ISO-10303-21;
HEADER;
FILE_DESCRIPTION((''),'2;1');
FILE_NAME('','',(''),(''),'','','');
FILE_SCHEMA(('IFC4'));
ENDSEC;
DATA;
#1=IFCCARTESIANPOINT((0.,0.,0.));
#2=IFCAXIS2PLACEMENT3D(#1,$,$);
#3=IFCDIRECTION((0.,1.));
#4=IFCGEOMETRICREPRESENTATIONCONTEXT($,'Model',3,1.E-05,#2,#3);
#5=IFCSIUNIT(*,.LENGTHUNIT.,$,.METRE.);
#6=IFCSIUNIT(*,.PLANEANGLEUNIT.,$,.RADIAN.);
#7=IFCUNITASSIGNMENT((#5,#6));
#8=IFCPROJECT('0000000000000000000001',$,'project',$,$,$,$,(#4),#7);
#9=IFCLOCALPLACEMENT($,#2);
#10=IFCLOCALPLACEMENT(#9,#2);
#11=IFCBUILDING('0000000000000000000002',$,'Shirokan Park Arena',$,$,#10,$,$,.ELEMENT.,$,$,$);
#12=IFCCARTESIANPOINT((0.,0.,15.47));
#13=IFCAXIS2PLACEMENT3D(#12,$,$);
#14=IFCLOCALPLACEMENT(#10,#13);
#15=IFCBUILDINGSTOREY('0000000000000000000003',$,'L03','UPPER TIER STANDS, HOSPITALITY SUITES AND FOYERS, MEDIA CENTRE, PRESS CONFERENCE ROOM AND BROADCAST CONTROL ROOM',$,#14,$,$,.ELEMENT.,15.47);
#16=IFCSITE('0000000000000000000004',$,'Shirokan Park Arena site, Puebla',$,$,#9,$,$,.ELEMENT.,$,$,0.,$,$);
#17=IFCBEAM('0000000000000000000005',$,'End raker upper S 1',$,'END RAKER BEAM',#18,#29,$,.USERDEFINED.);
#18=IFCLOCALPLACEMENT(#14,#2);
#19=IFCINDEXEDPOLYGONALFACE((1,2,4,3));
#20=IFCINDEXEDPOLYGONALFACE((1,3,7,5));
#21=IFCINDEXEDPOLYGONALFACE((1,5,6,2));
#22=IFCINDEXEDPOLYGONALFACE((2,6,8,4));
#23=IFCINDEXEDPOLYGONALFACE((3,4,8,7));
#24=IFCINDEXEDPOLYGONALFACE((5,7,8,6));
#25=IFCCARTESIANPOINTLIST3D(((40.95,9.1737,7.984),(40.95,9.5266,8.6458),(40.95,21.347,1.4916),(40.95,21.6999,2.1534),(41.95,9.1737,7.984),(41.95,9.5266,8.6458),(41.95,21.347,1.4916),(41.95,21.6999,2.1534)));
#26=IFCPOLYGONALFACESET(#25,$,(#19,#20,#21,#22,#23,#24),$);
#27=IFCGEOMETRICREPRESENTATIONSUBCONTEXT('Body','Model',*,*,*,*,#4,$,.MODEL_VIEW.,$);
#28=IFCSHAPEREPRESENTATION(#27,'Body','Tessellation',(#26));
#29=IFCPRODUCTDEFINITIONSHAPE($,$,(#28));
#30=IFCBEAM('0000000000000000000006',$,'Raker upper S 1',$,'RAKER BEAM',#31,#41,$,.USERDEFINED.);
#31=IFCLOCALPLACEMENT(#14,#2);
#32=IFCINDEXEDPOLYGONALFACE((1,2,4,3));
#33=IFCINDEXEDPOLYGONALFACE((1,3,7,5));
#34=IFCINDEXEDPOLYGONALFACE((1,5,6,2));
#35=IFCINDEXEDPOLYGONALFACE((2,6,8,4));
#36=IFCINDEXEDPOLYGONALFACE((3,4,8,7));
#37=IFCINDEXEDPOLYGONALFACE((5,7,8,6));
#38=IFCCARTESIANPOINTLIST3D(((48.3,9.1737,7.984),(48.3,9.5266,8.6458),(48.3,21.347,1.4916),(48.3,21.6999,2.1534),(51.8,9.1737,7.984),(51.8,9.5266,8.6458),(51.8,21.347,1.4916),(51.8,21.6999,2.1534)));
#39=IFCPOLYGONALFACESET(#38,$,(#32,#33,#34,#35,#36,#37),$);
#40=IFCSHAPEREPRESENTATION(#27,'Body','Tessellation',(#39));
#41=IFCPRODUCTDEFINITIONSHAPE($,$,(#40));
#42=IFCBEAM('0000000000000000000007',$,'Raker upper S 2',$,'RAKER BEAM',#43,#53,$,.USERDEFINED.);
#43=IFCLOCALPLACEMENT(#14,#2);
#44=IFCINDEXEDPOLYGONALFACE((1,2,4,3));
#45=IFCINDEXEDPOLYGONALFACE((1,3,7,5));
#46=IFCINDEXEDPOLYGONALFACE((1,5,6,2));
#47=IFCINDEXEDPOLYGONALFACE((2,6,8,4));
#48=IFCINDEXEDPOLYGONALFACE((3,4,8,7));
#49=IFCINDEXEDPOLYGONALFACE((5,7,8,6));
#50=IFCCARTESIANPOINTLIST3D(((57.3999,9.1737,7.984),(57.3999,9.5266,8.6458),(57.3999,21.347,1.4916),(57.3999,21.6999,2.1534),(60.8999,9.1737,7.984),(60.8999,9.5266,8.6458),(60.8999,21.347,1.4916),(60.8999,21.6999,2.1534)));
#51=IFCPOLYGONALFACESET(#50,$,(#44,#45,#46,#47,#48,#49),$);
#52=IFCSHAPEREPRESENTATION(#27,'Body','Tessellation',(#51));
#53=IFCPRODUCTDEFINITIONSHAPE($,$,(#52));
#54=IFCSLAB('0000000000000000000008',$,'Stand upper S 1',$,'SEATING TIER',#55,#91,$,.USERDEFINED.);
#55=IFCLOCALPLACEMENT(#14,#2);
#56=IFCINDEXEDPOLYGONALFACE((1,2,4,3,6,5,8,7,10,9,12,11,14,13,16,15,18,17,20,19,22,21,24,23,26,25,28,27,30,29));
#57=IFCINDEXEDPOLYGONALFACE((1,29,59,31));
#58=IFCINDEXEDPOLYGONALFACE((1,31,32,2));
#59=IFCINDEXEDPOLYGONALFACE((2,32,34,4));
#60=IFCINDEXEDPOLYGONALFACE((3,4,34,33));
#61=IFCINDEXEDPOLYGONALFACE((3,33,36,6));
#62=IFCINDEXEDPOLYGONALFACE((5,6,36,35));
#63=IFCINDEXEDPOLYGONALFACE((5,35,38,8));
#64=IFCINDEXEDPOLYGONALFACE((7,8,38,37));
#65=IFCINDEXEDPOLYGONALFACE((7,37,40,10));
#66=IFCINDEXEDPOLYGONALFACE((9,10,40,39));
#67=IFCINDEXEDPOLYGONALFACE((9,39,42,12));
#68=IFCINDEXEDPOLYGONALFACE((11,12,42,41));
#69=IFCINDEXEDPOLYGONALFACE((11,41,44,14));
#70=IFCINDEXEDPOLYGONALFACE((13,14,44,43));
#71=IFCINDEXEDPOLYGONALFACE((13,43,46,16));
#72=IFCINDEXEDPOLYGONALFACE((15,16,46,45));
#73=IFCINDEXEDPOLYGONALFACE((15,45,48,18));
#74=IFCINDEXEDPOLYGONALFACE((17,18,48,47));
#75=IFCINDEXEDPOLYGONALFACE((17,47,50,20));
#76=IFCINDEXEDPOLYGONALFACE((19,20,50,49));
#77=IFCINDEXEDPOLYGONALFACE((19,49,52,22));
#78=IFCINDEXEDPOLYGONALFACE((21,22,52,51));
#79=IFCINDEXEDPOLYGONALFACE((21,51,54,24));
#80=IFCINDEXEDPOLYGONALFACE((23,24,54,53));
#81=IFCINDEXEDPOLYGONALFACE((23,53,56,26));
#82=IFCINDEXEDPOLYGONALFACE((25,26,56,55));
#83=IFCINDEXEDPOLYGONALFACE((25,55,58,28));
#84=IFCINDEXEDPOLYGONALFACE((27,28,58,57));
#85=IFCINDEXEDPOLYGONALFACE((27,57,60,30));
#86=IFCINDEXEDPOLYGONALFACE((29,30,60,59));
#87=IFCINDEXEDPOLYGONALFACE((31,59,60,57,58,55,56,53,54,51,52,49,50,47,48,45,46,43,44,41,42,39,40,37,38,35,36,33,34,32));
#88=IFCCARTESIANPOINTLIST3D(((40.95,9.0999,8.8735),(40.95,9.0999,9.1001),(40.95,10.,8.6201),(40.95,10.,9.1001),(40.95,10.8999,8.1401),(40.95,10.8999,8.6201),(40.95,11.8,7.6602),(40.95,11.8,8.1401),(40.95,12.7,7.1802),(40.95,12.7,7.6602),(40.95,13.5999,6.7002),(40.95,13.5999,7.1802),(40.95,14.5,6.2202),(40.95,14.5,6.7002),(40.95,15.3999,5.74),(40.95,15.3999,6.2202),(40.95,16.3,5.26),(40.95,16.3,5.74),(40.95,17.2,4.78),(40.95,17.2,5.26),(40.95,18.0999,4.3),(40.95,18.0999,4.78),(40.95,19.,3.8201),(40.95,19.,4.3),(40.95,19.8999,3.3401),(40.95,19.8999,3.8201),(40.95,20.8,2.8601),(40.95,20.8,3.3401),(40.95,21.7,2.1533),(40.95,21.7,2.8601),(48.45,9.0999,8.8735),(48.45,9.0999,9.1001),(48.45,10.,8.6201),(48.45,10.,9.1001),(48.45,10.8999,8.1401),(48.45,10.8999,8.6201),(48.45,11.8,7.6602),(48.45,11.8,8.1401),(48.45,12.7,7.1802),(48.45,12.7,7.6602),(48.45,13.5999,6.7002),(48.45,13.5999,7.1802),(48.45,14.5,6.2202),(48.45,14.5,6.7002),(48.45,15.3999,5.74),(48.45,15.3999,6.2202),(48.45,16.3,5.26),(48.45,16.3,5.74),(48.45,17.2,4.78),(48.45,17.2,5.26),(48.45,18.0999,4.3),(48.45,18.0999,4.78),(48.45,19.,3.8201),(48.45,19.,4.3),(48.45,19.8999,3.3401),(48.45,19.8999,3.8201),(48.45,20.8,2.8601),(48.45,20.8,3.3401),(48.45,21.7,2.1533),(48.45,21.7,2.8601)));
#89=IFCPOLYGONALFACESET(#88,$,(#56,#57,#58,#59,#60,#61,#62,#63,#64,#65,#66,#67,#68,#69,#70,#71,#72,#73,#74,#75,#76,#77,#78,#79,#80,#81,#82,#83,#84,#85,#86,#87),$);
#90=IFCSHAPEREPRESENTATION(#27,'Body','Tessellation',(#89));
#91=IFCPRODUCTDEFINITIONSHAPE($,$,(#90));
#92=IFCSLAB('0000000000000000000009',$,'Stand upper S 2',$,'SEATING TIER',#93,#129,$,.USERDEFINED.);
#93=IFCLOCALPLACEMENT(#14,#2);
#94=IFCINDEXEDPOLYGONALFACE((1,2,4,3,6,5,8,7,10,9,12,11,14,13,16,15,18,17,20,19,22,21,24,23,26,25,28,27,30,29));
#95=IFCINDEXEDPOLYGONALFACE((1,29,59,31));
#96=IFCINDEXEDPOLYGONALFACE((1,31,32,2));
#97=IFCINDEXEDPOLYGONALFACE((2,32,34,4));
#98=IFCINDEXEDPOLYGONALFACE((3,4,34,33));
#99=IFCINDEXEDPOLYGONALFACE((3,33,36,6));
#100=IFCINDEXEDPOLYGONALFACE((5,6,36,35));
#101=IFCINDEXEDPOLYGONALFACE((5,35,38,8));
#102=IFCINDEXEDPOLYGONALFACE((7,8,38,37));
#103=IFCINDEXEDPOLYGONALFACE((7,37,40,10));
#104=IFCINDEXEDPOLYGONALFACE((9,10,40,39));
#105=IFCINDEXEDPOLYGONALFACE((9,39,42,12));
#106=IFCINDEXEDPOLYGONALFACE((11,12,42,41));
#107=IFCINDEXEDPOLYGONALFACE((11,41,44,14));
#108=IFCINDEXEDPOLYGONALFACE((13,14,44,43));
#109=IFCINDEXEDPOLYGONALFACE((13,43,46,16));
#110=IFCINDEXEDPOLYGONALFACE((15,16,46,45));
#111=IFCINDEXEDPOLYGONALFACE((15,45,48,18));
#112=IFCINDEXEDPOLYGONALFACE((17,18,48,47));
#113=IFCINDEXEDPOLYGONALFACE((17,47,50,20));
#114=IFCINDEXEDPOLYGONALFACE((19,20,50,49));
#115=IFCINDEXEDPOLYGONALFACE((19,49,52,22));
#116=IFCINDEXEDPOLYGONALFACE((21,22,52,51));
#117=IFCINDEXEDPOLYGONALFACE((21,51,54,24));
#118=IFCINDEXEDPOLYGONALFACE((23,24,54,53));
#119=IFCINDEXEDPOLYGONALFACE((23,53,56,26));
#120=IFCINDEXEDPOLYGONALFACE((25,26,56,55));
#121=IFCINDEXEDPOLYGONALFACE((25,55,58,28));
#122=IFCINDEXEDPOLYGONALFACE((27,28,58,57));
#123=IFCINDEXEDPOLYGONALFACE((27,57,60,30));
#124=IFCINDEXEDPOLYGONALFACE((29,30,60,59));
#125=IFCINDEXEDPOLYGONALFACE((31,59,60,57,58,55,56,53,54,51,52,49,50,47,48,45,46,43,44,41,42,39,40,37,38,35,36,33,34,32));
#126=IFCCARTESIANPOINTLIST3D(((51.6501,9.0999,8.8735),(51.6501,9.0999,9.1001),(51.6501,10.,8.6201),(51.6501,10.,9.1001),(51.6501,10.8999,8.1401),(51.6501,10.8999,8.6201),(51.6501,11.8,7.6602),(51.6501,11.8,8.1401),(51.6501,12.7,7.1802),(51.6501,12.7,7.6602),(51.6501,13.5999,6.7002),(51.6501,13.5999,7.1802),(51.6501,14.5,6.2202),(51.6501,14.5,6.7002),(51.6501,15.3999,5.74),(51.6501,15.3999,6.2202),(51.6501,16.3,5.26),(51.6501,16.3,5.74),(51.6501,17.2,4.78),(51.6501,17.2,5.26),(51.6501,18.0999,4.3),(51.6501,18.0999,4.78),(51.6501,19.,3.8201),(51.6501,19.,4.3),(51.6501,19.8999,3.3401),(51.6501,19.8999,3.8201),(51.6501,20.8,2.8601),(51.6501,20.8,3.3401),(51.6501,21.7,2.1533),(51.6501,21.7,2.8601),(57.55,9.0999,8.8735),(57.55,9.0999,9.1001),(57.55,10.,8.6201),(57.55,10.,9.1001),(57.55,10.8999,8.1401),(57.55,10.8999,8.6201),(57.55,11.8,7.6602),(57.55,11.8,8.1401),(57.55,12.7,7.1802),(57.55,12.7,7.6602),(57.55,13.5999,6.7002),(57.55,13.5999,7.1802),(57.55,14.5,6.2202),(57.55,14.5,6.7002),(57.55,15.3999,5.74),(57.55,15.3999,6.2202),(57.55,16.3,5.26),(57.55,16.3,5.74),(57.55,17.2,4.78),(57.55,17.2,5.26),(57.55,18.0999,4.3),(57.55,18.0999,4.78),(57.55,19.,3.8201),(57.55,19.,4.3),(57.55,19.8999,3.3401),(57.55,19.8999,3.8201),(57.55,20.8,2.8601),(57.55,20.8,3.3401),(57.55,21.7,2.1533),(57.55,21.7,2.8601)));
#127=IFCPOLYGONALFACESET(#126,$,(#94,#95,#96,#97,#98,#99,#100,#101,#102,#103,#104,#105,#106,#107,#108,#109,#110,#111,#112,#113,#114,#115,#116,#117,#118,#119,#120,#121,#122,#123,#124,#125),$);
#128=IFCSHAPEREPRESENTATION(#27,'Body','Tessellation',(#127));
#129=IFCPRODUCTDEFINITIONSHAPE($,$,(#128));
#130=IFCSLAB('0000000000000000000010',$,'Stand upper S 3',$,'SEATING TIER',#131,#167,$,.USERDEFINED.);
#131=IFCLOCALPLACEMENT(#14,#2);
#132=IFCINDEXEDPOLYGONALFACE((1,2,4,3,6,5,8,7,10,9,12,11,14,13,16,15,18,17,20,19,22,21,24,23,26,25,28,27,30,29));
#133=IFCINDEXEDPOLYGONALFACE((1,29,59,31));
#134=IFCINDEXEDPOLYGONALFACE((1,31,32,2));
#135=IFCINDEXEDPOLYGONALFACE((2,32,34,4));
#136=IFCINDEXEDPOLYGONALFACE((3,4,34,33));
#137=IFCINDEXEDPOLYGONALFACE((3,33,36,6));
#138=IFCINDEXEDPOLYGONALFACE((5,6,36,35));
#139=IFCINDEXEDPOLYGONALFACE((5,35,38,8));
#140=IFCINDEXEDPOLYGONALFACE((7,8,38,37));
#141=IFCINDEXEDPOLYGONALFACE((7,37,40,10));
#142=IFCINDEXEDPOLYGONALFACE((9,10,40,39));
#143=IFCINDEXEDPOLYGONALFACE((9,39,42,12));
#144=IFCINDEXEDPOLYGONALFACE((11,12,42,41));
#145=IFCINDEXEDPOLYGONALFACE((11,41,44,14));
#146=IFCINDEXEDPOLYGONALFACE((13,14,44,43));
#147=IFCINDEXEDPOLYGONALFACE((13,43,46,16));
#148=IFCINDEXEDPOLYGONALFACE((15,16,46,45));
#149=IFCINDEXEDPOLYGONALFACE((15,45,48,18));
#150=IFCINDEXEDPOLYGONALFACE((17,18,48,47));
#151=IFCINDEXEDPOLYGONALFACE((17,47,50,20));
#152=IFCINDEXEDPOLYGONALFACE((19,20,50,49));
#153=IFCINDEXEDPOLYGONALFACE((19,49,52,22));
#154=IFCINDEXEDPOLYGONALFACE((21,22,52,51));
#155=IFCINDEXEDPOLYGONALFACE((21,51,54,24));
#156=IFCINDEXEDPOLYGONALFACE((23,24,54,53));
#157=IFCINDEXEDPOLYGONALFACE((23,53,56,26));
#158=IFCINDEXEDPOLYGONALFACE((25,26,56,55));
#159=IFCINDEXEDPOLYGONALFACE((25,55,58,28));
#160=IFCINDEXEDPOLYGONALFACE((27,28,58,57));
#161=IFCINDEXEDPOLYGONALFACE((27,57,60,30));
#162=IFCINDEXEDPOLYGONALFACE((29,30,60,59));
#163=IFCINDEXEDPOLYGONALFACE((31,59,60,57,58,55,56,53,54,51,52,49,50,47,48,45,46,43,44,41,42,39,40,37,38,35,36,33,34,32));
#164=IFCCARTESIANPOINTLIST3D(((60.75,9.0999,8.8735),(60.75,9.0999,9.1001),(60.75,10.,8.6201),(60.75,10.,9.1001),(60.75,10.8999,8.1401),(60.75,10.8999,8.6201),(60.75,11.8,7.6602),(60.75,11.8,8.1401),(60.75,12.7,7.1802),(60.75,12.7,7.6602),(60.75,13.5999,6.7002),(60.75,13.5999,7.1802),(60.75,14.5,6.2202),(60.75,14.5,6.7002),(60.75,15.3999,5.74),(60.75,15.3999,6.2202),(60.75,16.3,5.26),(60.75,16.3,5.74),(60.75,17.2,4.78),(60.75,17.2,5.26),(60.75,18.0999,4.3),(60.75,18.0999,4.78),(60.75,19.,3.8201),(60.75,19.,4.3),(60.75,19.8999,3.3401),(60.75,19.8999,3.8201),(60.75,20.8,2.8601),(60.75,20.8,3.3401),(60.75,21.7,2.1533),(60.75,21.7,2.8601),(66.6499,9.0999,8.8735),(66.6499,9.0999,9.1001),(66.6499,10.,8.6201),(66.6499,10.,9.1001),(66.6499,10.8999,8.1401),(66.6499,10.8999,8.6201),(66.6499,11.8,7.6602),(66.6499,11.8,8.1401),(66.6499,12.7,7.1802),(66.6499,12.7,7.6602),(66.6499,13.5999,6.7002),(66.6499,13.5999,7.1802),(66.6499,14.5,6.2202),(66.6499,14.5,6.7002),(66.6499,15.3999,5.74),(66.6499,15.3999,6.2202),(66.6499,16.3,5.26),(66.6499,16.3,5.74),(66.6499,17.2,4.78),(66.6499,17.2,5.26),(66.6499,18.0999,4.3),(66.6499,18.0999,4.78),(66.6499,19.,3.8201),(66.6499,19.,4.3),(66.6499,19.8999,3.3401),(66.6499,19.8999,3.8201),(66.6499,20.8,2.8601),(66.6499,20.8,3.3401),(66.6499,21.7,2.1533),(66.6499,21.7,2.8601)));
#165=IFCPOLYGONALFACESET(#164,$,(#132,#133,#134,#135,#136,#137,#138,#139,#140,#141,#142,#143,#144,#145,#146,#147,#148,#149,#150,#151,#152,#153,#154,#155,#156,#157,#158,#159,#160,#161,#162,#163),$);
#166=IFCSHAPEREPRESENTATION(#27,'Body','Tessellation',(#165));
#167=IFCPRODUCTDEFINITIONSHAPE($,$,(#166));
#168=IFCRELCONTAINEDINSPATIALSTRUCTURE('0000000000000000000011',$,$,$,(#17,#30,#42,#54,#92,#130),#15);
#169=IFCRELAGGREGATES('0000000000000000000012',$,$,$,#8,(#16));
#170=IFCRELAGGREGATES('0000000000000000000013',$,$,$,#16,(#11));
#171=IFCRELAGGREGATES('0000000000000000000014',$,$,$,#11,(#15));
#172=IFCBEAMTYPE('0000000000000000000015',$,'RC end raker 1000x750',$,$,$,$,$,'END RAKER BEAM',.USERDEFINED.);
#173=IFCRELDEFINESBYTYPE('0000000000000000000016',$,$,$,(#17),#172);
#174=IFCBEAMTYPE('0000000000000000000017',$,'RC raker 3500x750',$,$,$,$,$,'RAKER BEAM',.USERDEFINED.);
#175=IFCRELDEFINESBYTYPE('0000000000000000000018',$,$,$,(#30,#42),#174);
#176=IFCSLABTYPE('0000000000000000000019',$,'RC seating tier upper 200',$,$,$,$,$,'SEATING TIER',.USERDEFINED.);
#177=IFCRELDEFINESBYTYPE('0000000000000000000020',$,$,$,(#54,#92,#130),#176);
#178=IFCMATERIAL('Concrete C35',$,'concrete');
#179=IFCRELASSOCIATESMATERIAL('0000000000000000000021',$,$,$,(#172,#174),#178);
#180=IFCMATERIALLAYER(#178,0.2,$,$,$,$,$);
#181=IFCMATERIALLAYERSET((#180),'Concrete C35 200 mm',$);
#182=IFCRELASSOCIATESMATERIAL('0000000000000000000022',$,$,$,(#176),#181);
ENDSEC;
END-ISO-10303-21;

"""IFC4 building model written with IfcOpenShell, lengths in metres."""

from ifc_helpers import new_model, si_unit, direction, frame, origin, origin_2d, place, context, subcontext, project, spatial, polyline, rectangle, outline, extrude, material, layer, layer_set, material_profile, profile_set, type_object, element, save


model = new_model("IFC4")

# Units and contexts
model_context = context("Model", 3, precision=1e-05, world=origin(), true_north=direction((0.0, 1.0)))
body_context = subcontext(model_context, "Body", "Model", "MODEL_VIEW")
ifc_project = project(units=[si_unit("LENGTHUNIT", "METRE"), si_unit("PLANEANGLEUNIT", "RADIAN")], contexts=[model_context])

# Site, building, storey
site_placement = place(None, origin())
site = spatial("IfcSite", under=ifc_project, at=site_placement, Name="Shirokan Park Arena site, Puebla", CompositionType="ELEMENT", RefElevation=0.0)
building_placement = place(site_placement, origin())
building = spatial("IfcBuilding", under=site, at=building_placement, Name="Shirokan Park Arena", CompositionType="ELEMENT")
storey_placement = place(building_placement, frame((0.0, 0.0, 15.47)))
storey = spatial("IfcBuildingStorey", under=building, at=storey_placement, Name="L03", Description="UPPER TIER STANDS, HOSPITALITY SUITES AND FOYERS, MEDIA CENTRE, PRESS CONFERENCE ROOM AND BROADCAST CONTROL ROOM", CompositionType="ELEMENT", Elevation=15.47)

# Beams
ifc_material_1 = material(Name="Concrete C35", Category="concrete")
ifc_material_profile_1 = material_profile(ifc_material_1, rectangle(XDim=1.0, YDim=0.75, at=origin_2d()), Name="1000x750")
ifc_profile_set_1 = profile_set([ifc_material_profile_1], Name="Concrete C35")
beam_type_1 = type_object("IfcBeamType", Name="RC end raker 1000x750", ElementType="END RAKER BEAM", PredefinedType="USERDEFINED", material=ifc_profile_set_1)
beam_placement = place(storey_placement, frame((41.45, 21.5234, 1.8225), z_axis=(0.0, -0.882353, 0.470587), x_axis=(1.0, 0.0, 0.0)))
element("IfcBeam", 1, at=beam_placement, inside=storey, type_object=beam_type_1, Name="End raker upper S 1", ObjectType="END RAKER BEAM", PredefinedType="USERDEFINED", context=body_context, shape_type="SweptSolid", body=[
    extrude(rectangle(XDim=1.0, YDim=0.75, at=origin_2d()), origin(), (0.0, 0.0, 1.0), 13.7964),
])
ifc_material_profile_2 = material_profile(ifc_material_1, rectangle(XDim=3.5, YDim=0.75, at=origin_2d()), Name="3500x750")
ifc_profile_set_2 = profile_set([ifc_material_profile_2], Name="Concrete C35")
beam_type_2 = type_object("IfcBeamType", Name="RC raker 3500x750", ElementType="RAKER BEAM", PredefinedType="USERDEFINED", material=ifc_profile_set_2)
for number, where, z_axis, x_axis, name in (
    (2, (50.05, 21.5234, 1.8225), (0.0, -0.882353, 0.470587), (1.0, 0.0, 0.0), "Raker upper S 1"),
    (3, (59.1499, 21.5234, 1.8225), (0.0, -0.882353, 0.470587), (1.0, 0.0, 0.0), "Raker upper S 2"),
):
    element("IfcBeam", number, at=place(storey_placement, frame(where, z_axis=z_axis, x_axis=x_axis)), inside=storey, type_object=beam_type_2, Name=name, ObjectType="RAKER BEAM", PredefinedType="USERDEFINED", context=body_context, shape_type="SweptSolid", body=[
        extrude(rectangle(XDim=3.5, YDim=0.75, at=origin_2d()), origin(), (0.0, 0.0, 1.0), 13.7964),
    ])

# Slabs
ifc_layer_1 = layer(ifc_material_1, 0.2)
ifc_layer_set_1 = layer_set([ifc_layer_1], Name="Concrete C35 200 mm")
slab_type = type_object("IfcSlabType", Name="RC seating tier upper 200", ElementType="SEATING TIER", PredefinedType="USERDEFINED", material=ifc_layer_set_1)
slab_placement = place(storey_placement, frame((44.7, 21.7, 2.8601), z_axis=(0.0, 0.0, 1.0), x_axis=(0.0, -1.0, 0.0)))
element("IfcSlab", 4, at=slab_placement, inside=storey, type_object=slab_type, Name="Stand upper S 1", ObjectType="SEATING TIER", PredefinedType="USERDEFINED", context=body_context, shape_type="SweptSolid", body=[
    extrude(outline(polyline([(0.0, 0.0), (0.8999, 0.0), (0.8999, 0.48), (1.8, 0.48), (1.8, 0.96), (2.7, 0.96), (2.7, 1.4399), (3.6001, 1.4399), (3.6001, 1.9199), (4.5, 1.9199), (4.5, 2.3999), (5.3999, 2.3999), (5.3999, 2.8799), (6.3, 2.8799), (6.3, 3.3601), (7.2, 3.3601), (7.2, 3.8401), (8.1001, 3.8401), (8.1001, 4.3201), (9.0, 4.3201), (9.0, 4.8), (9.8999, 4.8), (9.8999, 5.28), (10.8, 5.28), (10.8, 5.76), (11.7, 5.76), (11.7, 6.24), (12.6001, 6.24), (12.6001, 6.0134), (0.0, -0.7068), (0.0, 0.0)])), frame((0.0, 3.75, 0.0), z_axis=(0.0, -1.0, 0.0), x_axis=(1.0, 0.0, 0.0)), (0.0, 0.0, 1.0), 7.5),
])
for number, where, z_axis, x_axis, name in (
    (5, (54.6001, 21.7, 2.8601), (0.0, 0.0, 1.0), (0.0, -1.0, 0.0), "Stand upper S 2"),
    (6, (63.7, 21.7, 2.8601), (0.0, 0.0, 1.0), (0.0, -1.0, 0.0), "Stand upper S 3"),
):
    element("IfcSlab", number, at=place(storey_placement, frame(where, z_axis=z_axis, x_axis=x_axis)), inside=storey, type_object=slab_type, Name=name, ObjectType="SEATING TIER", PredefinedType="USERDEFINED", context=body_context, shape_type="SweptSolid", body=[
        extrude(outline(polyline([(0.0, 0.0), (0.8999, 0.0), (0.8999, 0.48), (1.8, 0.48), (1.8, 0.96), (2.7, 0.96), (2.7, 1.4399), (3.6001, 1.4399), (3.6001, 1.9199), (4.5, 1.9199), (4.5, 2.3999), (5.3999, 2.3999), (5.3999, 2.8799), (6.3, 2.8799), (6.3, 3.3601), (7.2, 3.3601), (7.2, 3.8401), (8.1001, 3.8401), (8.1001, 4.3201), (9.0, 4.3201), (9.0, 4.8), (9.8999, 4.8), (9.8999, 5.28), (10.8, 5.28), (10.8, 5.76), (11.7, 5.76), (11.7, 6.24), (12.6001, 6.24), (12.6001, 6.0134), (0.0, -0.7068), (0.0, 0.0)])), frame((0.0, 2.95, 0.0), z_axis=(0.0, -1.0, 0.0), x_axis=(1.0, 0.0, 0.0)), (0.0, 0.0, 1.0), 5.8999),
    ])

save(model, "model.ifc")
